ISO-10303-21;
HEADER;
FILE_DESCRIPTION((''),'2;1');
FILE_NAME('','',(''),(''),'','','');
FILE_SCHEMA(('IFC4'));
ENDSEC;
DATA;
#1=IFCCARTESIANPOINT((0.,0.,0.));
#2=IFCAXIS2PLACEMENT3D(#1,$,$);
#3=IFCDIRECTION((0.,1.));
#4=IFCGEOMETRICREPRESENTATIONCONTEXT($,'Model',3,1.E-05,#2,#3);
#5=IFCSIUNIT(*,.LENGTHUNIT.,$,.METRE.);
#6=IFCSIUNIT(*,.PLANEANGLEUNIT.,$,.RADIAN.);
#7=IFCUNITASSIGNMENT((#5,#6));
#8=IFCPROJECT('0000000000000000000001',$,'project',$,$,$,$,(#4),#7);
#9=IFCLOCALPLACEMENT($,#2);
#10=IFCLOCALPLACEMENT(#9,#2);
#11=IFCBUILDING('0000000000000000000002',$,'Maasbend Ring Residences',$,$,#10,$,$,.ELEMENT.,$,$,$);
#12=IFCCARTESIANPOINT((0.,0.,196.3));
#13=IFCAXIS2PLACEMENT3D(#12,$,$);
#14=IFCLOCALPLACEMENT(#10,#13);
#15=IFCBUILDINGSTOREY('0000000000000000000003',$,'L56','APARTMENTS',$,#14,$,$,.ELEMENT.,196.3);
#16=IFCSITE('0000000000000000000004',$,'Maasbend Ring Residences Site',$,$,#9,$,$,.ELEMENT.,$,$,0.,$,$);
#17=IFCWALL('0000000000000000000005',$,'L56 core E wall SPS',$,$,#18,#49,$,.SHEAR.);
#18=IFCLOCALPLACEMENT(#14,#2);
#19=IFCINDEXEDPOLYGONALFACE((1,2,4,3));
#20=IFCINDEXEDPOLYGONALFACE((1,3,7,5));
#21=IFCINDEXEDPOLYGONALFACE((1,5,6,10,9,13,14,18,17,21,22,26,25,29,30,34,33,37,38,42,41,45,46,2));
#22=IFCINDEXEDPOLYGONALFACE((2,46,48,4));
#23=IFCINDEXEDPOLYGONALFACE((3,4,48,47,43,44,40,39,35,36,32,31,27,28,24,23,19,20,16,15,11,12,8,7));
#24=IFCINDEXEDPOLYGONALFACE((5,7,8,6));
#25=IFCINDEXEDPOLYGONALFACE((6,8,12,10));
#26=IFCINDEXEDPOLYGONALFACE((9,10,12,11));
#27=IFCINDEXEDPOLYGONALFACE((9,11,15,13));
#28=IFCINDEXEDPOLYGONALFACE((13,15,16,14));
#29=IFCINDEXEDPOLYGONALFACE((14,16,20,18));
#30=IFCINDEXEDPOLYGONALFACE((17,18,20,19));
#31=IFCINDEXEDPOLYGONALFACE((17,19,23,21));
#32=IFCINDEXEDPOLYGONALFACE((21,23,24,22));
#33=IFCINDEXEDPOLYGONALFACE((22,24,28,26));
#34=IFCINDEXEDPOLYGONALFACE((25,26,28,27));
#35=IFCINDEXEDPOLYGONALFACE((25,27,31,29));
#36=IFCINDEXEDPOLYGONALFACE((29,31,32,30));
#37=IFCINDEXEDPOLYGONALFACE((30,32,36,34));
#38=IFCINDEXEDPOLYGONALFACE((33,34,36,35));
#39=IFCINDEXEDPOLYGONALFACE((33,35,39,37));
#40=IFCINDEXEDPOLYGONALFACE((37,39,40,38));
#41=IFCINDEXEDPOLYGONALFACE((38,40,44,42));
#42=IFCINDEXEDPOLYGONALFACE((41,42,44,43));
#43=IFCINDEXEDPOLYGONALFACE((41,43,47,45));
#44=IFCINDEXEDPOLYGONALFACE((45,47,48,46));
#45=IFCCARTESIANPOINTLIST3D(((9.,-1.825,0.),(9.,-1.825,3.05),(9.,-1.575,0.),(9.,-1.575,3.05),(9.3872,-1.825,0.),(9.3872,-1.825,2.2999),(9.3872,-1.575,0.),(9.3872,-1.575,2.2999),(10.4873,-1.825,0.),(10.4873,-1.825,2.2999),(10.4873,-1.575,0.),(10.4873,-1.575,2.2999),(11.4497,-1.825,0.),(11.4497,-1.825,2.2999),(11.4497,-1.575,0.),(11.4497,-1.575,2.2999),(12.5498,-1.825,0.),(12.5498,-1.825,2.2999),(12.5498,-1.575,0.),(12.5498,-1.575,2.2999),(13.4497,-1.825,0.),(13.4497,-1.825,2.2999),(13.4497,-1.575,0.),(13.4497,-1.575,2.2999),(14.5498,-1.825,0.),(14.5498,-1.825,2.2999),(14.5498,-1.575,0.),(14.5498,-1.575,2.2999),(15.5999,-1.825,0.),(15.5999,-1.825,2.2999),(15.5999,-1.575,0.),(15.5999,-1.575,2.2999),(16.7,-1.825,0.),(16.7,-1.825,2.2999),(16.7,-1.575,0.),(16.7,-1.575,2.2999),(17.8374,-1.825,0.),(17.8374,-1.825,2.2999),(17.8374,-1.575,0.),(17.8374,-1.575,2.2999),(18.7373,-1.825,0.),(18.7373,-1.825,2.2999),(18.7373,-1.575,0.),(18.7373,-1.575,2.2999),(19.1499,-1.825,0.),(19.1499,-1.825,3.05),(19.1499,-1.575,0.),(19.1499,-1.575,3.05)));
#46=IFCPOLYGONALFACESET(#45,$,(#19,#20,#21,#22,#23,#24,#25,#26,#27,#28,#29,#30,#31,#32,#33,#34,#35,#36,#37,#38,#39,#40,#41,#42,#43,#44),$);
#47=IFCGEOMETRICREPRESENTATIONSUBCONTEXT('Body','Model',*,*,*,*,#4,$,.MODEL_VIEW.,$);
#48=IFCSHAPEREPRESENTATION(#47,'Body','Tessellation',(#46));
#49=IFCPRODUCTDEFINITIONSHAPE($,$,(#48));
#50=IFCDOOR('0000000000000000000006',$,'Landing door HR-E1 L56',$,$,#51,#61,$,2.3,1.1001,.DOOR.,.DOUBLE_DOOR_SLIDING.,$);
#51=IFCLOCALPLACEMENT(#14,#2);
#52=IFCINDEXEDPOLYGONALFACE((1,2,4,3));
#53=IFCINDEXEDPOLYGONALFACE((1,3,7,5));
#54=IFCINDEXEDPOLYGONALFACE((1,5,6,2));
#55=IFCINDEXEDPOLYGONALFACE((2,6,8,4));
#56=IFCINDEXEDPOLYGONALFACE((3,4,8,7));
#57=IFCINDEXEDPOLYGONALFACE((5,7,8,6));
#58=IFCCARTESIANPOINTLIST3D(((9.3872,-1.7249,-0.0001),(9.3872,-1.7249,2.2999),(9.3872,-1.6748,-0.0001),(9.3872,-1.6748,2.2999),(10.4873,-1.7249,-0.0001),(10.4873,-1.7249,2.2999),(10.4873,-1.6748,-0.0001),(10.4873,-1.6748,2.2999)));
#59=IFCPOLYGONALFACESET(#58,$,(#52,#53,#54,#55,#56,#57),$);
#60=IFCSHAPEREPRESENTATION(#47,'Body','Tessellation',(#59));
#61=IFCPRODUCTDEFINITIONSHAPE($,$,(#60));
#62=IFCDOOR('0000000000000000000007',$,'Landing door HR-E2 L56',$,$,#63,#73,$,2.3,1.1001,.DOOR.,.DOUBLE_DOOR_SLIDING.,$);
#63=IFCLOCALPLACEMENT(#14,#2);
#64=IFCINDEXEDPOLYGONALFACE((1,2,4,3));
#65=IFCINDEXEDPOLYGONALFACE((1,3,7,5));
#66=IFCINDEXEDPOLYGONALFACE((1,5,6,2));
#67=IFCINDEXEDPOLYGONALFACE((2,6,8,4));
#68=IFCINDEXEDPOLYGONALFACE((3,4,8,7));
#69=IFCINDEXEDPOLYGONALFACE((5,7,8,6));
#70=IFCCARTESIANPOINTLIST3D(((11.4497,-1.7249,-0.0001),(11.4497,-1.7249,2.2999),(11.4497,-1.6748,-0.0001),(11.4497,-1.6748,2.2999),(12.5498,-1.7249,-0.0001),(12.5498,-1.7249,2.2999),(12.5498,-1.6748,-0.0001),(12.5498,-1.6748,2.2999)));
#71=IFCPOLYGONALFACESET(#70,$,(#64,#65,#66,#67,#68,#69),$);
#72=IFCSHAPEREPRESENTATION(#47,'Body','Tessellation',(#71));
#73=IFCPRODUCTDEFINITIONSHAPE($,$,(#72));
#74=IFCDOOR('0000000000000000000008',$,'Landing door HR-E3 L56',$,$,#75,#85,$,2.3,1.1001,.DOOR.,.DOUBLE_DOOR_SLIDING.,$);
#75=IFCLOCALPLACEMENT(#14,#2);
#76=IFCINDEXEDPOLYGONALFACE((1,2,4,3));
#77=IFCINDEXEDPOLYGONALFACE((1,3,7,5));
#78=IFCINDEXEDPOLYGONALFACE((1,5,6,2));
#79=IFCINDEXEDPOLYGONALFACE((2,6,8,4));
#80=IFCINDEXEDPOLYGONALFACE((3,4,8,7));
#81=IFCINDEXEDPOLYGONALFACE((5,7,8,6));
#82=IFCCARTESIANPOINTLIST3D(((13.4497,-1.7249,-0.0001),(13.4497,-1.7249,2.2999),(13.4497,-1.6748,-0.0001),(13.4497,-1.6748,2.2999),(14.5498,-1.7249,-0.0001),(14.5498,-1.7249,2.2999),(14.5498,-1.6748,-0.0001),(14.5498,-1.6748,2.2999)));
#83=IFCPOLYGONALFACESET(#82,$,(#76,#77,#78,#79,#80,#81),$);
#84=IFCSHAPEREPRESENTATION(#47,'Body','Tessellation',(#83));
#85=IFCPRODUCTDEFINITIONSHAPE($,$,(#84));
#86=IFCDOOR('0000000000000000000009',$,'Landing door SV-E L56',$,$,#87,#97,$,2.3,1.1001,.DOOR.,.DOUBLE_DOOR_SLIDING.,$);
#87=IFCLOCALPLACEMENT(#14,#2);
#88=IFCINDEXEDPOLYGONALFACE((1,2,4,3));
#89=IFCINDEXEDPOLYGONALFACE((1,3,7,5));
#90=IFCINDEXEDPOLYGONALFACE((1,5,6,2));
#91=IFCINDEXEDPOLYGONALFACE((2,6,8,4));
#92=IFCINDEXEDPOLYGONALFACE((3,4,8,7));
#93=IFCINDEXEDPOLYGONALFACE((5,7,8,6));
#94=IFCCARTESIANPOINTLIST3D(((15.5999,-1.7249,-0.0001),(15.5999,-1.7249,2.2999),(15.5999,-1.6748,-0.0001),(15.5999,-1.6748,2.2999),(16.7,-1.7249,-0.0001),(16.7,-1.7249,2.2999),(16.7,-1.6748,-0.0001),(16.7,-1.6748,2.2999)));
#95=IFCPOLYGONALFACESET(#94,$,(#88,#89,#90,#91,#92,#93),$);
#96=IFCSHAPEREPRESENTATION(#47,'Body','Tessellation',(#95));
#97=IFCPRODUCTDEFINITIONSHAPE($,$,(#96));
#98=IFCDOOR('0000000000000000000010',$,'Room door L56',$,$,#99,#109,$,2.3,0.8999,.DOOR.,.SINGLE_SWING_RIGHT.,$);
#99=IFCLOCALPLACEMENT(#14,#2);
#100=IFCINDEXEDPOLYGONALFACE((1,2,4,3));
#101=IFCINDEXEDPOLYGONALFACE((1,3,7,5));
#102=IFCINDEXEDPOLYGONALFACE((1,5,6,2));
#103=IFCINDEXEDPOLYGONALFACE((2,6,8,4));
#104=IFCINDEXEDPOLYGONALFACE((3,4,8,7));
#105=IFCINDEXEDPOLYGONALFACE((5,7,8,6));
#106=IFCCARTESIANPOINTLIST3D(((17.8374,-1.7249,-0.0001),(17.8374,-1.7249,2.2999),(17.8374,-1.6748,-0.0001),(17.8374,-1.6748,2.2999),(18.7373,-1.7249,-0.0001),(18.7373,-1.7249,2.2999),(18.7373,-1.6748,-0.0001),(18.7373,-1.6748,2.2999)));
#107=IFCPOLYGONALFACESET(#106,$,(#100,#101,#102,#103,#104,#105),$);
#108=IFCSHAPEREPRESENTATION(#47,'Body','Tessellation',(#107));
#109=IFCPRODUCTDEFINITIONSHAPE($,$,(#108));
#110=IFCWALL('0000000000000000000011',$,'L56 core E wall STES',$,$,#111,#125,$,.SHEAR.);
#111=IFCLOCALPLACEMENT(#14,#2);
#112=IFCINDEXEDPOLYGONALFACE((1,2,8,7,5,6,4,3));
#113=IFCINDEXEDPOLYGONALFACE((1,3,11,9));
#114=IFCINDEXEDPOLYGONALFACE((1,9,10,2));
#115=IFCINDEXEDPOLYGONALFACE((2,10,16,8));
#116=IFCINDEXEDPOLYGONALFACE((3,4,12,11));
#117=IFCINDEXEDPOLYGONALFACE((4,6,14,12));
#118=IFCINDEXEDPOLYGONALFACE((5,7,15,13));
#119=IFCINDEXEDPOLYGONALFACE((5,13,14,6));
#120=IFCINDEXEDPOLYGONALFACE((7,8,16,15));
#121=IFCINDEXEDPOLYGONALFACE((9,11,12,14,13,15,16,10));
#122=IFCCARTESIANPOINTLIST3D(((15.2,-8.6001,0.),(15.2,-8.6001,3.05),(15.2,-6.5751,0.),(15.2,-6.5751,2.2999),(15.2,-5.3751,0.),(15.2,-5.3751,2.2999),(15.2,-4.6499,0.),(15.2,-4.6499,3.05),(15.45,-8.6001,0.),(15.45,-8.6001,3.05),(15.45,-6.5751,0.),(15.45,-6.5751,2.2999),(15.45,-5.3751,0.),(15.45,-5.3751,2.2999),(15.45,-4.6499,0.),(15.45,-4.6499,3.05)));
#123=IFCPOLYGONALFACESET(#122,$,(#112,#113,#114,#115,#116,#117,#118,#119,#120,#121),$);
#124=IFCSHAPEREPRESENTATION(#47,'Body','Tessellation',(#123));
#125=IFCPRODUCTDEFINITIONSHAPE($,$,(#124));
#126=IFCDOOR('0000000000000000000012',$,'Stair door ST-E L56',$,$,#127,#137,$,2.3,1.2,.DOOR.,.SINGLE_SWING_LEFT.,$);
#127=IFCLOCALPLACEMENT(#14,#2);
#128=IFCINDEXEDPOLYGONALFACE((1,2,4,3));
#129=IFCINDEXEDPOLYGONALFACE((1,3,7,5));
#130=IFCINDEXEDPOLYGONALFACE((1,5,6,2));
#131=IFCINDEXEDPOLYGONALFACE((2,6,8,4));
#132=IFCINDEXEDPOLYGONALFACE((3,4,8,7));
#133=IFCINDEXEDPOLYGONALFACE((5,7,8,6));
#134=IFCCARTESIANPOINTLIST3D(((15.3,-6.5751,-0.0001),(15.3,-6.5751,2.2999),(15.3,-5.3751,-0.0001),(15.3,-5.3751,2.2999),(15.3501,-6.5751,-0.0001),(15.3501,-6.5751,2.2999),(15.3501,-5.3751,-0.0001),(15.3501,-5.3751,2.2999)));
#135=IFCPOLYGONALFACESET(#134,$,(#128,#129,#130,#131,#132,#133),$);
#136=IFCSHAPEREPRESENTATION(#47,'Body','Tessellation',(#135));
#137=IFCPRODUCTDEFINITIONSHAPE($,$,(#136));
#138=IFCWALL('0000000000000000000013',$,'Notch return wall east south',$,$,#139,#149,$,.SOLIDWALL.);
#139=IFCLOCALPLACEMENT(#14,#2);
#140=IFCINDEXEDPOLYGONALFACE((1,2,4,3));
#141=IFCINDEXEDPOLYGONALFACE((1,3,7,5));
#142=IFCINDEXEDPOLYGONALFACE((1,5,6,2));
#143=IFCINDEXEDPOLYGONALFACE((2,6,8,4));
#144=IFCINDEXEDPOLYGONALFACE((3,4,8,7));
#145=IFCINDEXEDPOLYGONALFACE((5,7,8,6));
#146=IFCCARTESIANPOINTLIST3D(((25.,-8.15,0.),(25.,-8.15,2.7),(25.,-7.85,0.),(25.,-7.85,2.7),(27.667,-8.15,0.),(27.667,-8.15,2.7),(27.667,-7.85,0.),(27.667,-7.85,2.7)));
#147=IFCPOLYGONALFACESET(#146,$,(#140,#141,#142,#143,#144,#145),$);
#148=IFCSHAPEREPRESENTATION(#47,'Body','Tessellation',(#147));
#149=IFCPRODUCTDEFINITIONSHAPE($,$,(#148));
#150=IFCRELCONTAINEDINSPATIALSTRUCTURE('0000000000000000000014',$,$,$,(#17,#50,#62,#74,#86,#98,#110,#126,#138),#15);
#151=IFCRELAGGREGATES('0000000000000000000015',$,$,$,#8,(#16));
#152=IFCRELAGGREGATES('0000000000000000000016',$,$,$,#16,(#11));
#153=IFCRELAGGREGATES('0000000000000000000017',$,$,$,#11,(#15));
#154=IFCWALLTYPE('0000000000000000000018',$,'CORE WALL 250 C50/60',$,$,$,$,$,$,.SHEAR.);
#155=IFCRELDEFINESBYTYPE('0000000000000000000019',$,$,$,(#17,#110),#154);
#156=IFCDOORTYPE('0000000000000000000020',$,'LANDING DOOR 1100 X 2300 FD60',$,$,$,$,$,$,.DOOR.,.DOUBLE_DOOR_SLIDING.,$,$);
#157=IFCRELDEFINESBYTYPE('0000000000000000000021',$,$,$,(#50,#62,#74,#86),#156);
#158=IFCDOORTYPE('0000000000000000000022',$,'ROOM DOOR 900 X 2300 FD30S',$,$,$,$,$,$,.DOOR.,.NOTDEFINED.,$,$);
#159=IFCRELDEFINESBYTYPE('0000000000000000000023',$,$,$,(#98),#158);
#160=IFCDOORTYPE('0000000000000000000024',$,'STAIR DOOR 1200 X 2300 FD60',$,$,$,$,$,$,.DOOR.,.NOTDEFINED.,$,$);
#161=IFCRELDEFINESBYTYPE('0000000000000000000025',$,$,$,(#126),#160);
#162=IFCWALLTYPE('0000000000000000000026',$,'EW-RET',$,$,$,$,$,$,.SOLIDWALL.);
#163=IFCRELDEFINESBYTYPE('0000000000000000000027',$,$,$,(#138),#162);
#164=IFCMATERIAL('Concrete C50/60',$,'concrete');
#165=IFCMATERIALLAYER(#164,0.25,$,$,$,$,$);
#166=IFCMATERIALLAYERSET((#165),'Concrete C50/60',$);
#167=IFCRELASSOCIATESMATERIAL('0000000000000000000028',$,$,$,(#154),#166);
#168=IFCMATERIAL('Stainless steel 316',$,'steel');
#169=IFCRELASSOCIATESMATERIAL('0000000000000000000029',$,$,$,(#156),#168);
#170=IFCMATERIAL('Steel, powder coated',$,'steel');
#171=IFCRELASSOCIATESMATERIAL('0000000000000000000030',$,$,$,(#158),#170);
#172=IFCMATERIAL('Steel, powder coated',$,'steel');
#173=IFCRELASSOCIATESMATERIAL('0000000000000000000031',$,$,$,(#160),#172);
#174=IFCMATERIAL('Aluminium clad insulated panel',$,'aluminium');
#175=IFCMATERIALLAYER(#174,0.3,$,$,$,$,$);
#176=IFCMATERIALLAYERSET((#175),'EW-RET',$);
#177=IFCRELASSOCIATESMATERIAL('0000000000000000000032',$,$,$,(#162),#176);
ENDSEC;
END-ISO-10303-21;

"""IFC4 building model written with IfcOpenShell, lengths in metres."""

from ifc_helpers import new_model, si_unit, direction, frame, frame_2d, origin, place, context, subcontext, project, spatial, rectangle, extrude, material, layer, layer_set, type_object, element, fill, save


model = new_model("IFC4")

# Units and contexts
model_context = context("Model", 3, precision=1e-05, world=origin(), true_north=direction((0.0, 1.0)))
body_context = subcontext(model_context, "Body", "Model", "MODEL_VIEW")
ifc_project = project(units=[si_unit("LENGTHUNIT", "METRE"), si_unit("PLANEANGLEUNIT", "RADIAN")], contexts=[model_context])

# Site, building, storey
site_placement = place(None, origin())
site = spatial("IfcSite", under=ifc_project, at=site_placement, Name="Maasbend Ring Residences Site", CompositionType="ELEMENT", RefElevation=0.0)
building_placement = place(site_placement, origin())
building = spatial("IfcBuilding", under=site, at=building_placement, Name="Maasbend Ring Residences", CompositionType="ELEMENT")
storey_placement = place(building_placement, frame((0.0, 0.0, 196.3)))
storey = spatial("IfcBuildingStorey", under=building, at=storey_placement, Name="L56", Description="APARTMENTS", CompositionType="ELEMENT", Elevation=196.3)

# Wall, openings, doors
ifc_material_1 = material(Name="Concrete C50/60", Category="concrete")
ifc_layer_1 = layer(ifc_material_1, 0.25)
ifc_layer_set_1 = layer_set([ifc_layer_1], Name="Concrete C50/60")
wall_type_1 = type_object("IfcWallType", Name="CORE WALL 250 C50/60", PredefinedType="SHEAR", material=ifc_layer_set_1)
wall_1_placement = place(storey_placement, frame((19.1499, -1.7, 0.0), z_axis=(0.0, 0.0, 1.0), x_axis=(-1.0, 0.0, 0.0)))
wall_1 = element("IfcWall", 1, at=wall_1_placement, inside=storey, type_object=wall_type_1, Name="L56 core E wall SPS", PredefinedType="SHEAR", context=body_context, shape_type="SweptSolid", body=[
    extrude(rectangle(XDim=10.1499, YDim=0.25, at=frame_2d((5.075, 0.0))), origin(), (0.0, 0.0, 1.0), 3.05),
])
opening_1_placement = place(wall_1_placement, frame((8.6626, 0.0, 0.0)))
opening_1 = element("IfcOpeningElement", 2, at=opening_1_placement, cuts=wall_1, PredefinedType="OPENING", context=body_context, shape_type="SweptSolid", body=[
    extrude(rectangle(XDim=1.1001, YDim=2.3, at=frame_2d((0.55, 1.1499))), frame((0.0, 0.135, 0.0), z_axis=(0.0, -1.0, 0.0), x_axis=(1.0, 0.0, 0.0)), (0.0, 0.0, 1.0), 0.27),
])
opening_2_placement = place(wall_1_placement, frame((6.6001, 0.0, 0.0)))
opening_2 = element("IfcOpeningElement", 3, at=opening_2_placement, cuts=wall_1, PredefinedType="OPENING", context=body_context, shape_type="SweptSolid", body=[
    extrude(rectangle(XDim=1.1001, YDim=2.3, at=frame_2d((0.55, 1.1499))), frame((0.0, 0.135, 0.0), z_axis=(0.0, -1.0, 0.0), x_axis=(1.0, 0.0, 0.0)), (0.0, 0.0, 1.0), 0.27),
])
opening_3_placement = place(wall_1_placement, frame((4.6001, 0.0, 0.0)))
opening_3 = element("IfcOpeningElement", 4, at=opening_3_placement, cuts=wall_1, PredefinedType="OPENING", context=body_context, shape_type="SweptSolid", body=[
    extrude(rectangle(XDim=1.1001, YDim=2.3, at=frame_2d((0.55, 1.1499))), frame((0.0, 0.135, 0.0), z_axis=(0.0, -1.0, 0.0), x_axis=(1.0, 0.0, 0.0)), (0.0, 0.0, 1.0), 0.27),
])
opening_4_placement = place(wall_1_placement, frame((2.45, 0.0, 0.0)))
opening_4 = element("IfcOpeningElement", 5, at=opening_4_placement, cuts=wall_1, PredefinedType="OPENING", context=body_context, shape_type="SweptSolid", body=[
    extrude(rectangle(XDim=1.1001, YDim=2.3, at=frame_2d((0.55, 1.1499))), frame((0.0, 0.135, 0.0), z_axis=(0.0, -1.0, 0.0), x_axis=(1.0, 0.0, 0.0)), (0.0, 0.0, 1.0), 0.27),
])
opening_5_placement = place(wall_1_placement, frame((0.4126, 0.0, 0.0)))
opening_5 = element("IfcOpeningElement", 6, at=opening_5_placement, cuts=wall_1, PredefinedType="OPENING", context=body_context, shape_type="SweptSolid", body=[
    extrude(rectangle(XDim=0.8999, YDim=2.3, at=frame_2d((0.45, 1.1499))), frame((0.0, 0.135, 0.0), z_axis=(0.0, -1.0, 0.0), x_axis=(1.0, 0.0, 0.0)), (0.0, 0.0, 1.0), 0.27),
])
ifc_material_2 = material(Name="Stainless steel 316", Category="steel")
door_type_1 = type_object("IfcDoorType", Name="LANDING DOOR 1100 X 2300 FD60", OperationType="DOUBLE_DOOR_SLIDING", PredefinedType="DOOR", material=ifc_material_2)
door_1_placement = place(opening_1_placement, origin())
door_1 = element("IfcDoor", 7, at=door_1_placement, inside=storey, type_object=door_type_1, Name="Landing door HR-E1 L56", OperationType="DOUBLE_DOOR_SLIDING", OverallHeight=2.3, OverallWidth=1.1001, PredefinedType="DOOR", context=body_context, shape_type="SweptSolid", body=[
    extrude(rectangle(XDim=1.1001, YDim=2.3, at=frame_2d((0.55, 1.1499))), frame((0.0, 0.0249, 0.0), z_axis=(0.0, -1.0, 0.0), x_axis=(1.0, 0.0, 0.0)), (0.0, 0.0, 1.0), 0.05),
])
fill(opening_1, door_1)
door_2_placement = place(opening_2_placement, origin())
door_2 = element("IfcDoor", 8, at=door_2_placement, inside=storey, type_object=door_type_1, Name="Landing door HR-E2 L56", OperationType="DOUBLE_DOOR_SLIDING", OverallHeight=2.3, OverallWidth=1.1001, PredefinedType="DOOR", context=body_context, shape_type="SweptSolid", body=[
    extrude(rectangle(XDim=1.1001, YDim=2.3, at=frame_2d((0.55, 1.1499))), frame((0.0, 0.0249, 0.0), z_axis=(0.0, -1.0, 0.0), x_axis=(1.0, 0.0, 0.0)), (0.0, 0.0, 1.0), 0.05),
])
fill(opening_2, door_2)
door_3_placement = place(opening_3_placement, origin())
door_3 = element("IfcDoor", 9, at=door_3_placement, inside=storey, type_object=door_type_1, Name="Landing door HR-E3 L56", OperationType="DOUBLE_DOOR_SLIDING", OverallHeight=2.3, OverallWidth=1.1001, PredefinedType="DOOR", context=body_context, shape_type="SweptSolid", body=[
    extrude(rectangle(XDim=1.1001, YDim=2.3, at=frame_2d((0.55, 1.1499))), frame((0.0, 0.0249, 0.0), z_axis=(0.0, -1.0, 0.0), x_axis=(1.0, 0.0, 0.0)), (0.0, 0.0, 1.0), 0.05),
])
fill(opening_3, door_3)
door_4_placement = place(opening_4_placement, origin())
door_4 = element("IfcDoor", 10, at=door_4_placement, inside=storey, type_object=door_type_1, Name="Landing door SV-E L56", OperationType="DOUBLE_DOOR_SLIDING", OverallHeight=2.3, OverallWidth=1.1001, PredefinedType="DOOR", context=body_context, shape_type="SweptSolid", body=[
    extrude(rectangle(XDim=1.1001, YDim=2.3, at=frame_2d((0.55, 1.1499))), frame((0.0, 0.0249, 0.0), z_axis=(0.0, -1.0, 0.0), x_axis=(1.0, 0.0, 0.0)), (0.0, 0.0, 1.0), 0.05),
])
fill(opening_4, door_4)
ifc_material_3 = material(Name="Steel, powder coated", Category="steel")
door_type_2 = type_object("IfcDoorType", Name="ROOM DOOR 900 X 2300 FD30S", OperationType="NOTDEFINED", PredefinedType="DOOR", material=ifc_material_3)
door_5_placement = place(opening_5_placement, origin())
door_5 = element("IfcDoor", 11, at=door_5_placement, inside=storey, type_object=door_type_2, Name="Room door L56", OperationType="SINGLE_SWING_RIGHT", OverallHeight=2.3, OverallWidth=0.8999, PredefinedType="DOOR", context=body_context, shape_type="SweptSolid", body=[
    extrude(rectangle(XDim=0.8999, YDim=2.3, at=frame_2d((0.45, 1.1499))), frame((0.0, 0.0249, 0.0), z_axis=(0.0, -1.0, 0.0), x_axis=(1.0, 0.0, 0.0)), (0.0, 0.0, 1.0), 0.05),
])
fill(opening_5, door_5)

# Wall, opening, door
wall_2_placement = place(storey_placement, frame((15.325, -8.6001, 0.0), z_axis=(0.0, 0.0, 1.0), x_axis=(0.0, 1.0, 0.0)))
wall_2 = element("IfcWall", 12, at=wall_2_placement, inside=storey, type_object=wall_type_1, Name="L56 core E wall STES", PredefinedType="SHEAR", context=body_context, shape_type="SweptSolid", body=[
    extrude(rectangle(XDim=3.9502, YDim=0.25, at=frame_2d((1.9751, 0.0))), origin(), (0.0, 0.0, 1.0), 3.05),
])
opening_6_placement = place(wall_2_placement, frame((2.0249, 0.0, 0.0)))
opening_6 = element("IfcOpeningElement", 13, at=opening_6_placement, cuts=wall_2, PredefinedType="OPENING", context=body_context, shape_type="SweptSolid", body=[
    extrude(rectangle(XDim=1.2, YDim=2.3, at=frame_2d((0.6001, 1.1499))), frame((0.0, 0.135, 0.0), z_axis=(0.0, -1.0, 0.0), x_axis=(1.0, 0.0, 0.0)), (0.0, 0.0, 1.0), 0.27),
])
ifc_material_4 = material(Name="Steel, powder coated", Category="steel")
door_type_3 = type_object("IfcDoorType", Name="STAIR DOOR 1200 X 2300 FD60", OperationType="NOTDEFINED", PredefinedType="DOOR", material=ifc_material_4)
door_6_placement = place(opening_6_placement, origin())
door_6 = element("IfcDoor", 14, at=door_6_placement, inside=storey, type_object=door_type_3, Name="Stair door ST-E L56", OperationType="SINGLE_SWING_LEFT", OverallHeight=2.3, OverallWidth=1.2, PredefinedType="DOOR", context=body_context, shape_type="SweptSolid", body=[
    extrude(rectangle(XDim=1.2, YDim=2.3, at=frame_2d((0.6001, 1.1499))), frame((0.0, 0.0249, 0.0), z_axis=(0.0, -1.0, 0.0), x_axis=(1.0, 0.0, 0.0)), (0.0, 0.0, 1.0), 0.05),
])
fill(opening_6, door_6)

# Wall
ifc_material_5 = material(Name="Aluminium clad insulated panel", Category="aluminium")
ifc_layer_2 = layer(ifc_material_5, 0.3)
ifc_layer_set_2 = layer_set([ifc_layer_2], Name="EW-RET")
wall_type_2 = type_object("IfcWallType", Name="EW-RET", PredefinedType="SOLIDWALL", material=ifc_layer_set_2)
wall_3_placement = place(storey_placement, frame((25.0, -8.0, 0.0), z_axis=(0.0, 0.0, 1.0), x_axis=(1.0, 0.0, 0.0)))
element("IfcWall", 15, at=wall_3_placement, inside=storey, type_object=wall_type_2, Name="Notch return wall east south", PredefinedType="SOLIDWALL", context=body_context, shape_type="SweptSolid", body=[
    extrude(rectangle(XDim=2.667, YDim=0.3, at=frame_2d((1.3335, 0.0))), origin(), (0.0, 0.0, 1.0), 2.7),
])

save(model, "model.ifc")
